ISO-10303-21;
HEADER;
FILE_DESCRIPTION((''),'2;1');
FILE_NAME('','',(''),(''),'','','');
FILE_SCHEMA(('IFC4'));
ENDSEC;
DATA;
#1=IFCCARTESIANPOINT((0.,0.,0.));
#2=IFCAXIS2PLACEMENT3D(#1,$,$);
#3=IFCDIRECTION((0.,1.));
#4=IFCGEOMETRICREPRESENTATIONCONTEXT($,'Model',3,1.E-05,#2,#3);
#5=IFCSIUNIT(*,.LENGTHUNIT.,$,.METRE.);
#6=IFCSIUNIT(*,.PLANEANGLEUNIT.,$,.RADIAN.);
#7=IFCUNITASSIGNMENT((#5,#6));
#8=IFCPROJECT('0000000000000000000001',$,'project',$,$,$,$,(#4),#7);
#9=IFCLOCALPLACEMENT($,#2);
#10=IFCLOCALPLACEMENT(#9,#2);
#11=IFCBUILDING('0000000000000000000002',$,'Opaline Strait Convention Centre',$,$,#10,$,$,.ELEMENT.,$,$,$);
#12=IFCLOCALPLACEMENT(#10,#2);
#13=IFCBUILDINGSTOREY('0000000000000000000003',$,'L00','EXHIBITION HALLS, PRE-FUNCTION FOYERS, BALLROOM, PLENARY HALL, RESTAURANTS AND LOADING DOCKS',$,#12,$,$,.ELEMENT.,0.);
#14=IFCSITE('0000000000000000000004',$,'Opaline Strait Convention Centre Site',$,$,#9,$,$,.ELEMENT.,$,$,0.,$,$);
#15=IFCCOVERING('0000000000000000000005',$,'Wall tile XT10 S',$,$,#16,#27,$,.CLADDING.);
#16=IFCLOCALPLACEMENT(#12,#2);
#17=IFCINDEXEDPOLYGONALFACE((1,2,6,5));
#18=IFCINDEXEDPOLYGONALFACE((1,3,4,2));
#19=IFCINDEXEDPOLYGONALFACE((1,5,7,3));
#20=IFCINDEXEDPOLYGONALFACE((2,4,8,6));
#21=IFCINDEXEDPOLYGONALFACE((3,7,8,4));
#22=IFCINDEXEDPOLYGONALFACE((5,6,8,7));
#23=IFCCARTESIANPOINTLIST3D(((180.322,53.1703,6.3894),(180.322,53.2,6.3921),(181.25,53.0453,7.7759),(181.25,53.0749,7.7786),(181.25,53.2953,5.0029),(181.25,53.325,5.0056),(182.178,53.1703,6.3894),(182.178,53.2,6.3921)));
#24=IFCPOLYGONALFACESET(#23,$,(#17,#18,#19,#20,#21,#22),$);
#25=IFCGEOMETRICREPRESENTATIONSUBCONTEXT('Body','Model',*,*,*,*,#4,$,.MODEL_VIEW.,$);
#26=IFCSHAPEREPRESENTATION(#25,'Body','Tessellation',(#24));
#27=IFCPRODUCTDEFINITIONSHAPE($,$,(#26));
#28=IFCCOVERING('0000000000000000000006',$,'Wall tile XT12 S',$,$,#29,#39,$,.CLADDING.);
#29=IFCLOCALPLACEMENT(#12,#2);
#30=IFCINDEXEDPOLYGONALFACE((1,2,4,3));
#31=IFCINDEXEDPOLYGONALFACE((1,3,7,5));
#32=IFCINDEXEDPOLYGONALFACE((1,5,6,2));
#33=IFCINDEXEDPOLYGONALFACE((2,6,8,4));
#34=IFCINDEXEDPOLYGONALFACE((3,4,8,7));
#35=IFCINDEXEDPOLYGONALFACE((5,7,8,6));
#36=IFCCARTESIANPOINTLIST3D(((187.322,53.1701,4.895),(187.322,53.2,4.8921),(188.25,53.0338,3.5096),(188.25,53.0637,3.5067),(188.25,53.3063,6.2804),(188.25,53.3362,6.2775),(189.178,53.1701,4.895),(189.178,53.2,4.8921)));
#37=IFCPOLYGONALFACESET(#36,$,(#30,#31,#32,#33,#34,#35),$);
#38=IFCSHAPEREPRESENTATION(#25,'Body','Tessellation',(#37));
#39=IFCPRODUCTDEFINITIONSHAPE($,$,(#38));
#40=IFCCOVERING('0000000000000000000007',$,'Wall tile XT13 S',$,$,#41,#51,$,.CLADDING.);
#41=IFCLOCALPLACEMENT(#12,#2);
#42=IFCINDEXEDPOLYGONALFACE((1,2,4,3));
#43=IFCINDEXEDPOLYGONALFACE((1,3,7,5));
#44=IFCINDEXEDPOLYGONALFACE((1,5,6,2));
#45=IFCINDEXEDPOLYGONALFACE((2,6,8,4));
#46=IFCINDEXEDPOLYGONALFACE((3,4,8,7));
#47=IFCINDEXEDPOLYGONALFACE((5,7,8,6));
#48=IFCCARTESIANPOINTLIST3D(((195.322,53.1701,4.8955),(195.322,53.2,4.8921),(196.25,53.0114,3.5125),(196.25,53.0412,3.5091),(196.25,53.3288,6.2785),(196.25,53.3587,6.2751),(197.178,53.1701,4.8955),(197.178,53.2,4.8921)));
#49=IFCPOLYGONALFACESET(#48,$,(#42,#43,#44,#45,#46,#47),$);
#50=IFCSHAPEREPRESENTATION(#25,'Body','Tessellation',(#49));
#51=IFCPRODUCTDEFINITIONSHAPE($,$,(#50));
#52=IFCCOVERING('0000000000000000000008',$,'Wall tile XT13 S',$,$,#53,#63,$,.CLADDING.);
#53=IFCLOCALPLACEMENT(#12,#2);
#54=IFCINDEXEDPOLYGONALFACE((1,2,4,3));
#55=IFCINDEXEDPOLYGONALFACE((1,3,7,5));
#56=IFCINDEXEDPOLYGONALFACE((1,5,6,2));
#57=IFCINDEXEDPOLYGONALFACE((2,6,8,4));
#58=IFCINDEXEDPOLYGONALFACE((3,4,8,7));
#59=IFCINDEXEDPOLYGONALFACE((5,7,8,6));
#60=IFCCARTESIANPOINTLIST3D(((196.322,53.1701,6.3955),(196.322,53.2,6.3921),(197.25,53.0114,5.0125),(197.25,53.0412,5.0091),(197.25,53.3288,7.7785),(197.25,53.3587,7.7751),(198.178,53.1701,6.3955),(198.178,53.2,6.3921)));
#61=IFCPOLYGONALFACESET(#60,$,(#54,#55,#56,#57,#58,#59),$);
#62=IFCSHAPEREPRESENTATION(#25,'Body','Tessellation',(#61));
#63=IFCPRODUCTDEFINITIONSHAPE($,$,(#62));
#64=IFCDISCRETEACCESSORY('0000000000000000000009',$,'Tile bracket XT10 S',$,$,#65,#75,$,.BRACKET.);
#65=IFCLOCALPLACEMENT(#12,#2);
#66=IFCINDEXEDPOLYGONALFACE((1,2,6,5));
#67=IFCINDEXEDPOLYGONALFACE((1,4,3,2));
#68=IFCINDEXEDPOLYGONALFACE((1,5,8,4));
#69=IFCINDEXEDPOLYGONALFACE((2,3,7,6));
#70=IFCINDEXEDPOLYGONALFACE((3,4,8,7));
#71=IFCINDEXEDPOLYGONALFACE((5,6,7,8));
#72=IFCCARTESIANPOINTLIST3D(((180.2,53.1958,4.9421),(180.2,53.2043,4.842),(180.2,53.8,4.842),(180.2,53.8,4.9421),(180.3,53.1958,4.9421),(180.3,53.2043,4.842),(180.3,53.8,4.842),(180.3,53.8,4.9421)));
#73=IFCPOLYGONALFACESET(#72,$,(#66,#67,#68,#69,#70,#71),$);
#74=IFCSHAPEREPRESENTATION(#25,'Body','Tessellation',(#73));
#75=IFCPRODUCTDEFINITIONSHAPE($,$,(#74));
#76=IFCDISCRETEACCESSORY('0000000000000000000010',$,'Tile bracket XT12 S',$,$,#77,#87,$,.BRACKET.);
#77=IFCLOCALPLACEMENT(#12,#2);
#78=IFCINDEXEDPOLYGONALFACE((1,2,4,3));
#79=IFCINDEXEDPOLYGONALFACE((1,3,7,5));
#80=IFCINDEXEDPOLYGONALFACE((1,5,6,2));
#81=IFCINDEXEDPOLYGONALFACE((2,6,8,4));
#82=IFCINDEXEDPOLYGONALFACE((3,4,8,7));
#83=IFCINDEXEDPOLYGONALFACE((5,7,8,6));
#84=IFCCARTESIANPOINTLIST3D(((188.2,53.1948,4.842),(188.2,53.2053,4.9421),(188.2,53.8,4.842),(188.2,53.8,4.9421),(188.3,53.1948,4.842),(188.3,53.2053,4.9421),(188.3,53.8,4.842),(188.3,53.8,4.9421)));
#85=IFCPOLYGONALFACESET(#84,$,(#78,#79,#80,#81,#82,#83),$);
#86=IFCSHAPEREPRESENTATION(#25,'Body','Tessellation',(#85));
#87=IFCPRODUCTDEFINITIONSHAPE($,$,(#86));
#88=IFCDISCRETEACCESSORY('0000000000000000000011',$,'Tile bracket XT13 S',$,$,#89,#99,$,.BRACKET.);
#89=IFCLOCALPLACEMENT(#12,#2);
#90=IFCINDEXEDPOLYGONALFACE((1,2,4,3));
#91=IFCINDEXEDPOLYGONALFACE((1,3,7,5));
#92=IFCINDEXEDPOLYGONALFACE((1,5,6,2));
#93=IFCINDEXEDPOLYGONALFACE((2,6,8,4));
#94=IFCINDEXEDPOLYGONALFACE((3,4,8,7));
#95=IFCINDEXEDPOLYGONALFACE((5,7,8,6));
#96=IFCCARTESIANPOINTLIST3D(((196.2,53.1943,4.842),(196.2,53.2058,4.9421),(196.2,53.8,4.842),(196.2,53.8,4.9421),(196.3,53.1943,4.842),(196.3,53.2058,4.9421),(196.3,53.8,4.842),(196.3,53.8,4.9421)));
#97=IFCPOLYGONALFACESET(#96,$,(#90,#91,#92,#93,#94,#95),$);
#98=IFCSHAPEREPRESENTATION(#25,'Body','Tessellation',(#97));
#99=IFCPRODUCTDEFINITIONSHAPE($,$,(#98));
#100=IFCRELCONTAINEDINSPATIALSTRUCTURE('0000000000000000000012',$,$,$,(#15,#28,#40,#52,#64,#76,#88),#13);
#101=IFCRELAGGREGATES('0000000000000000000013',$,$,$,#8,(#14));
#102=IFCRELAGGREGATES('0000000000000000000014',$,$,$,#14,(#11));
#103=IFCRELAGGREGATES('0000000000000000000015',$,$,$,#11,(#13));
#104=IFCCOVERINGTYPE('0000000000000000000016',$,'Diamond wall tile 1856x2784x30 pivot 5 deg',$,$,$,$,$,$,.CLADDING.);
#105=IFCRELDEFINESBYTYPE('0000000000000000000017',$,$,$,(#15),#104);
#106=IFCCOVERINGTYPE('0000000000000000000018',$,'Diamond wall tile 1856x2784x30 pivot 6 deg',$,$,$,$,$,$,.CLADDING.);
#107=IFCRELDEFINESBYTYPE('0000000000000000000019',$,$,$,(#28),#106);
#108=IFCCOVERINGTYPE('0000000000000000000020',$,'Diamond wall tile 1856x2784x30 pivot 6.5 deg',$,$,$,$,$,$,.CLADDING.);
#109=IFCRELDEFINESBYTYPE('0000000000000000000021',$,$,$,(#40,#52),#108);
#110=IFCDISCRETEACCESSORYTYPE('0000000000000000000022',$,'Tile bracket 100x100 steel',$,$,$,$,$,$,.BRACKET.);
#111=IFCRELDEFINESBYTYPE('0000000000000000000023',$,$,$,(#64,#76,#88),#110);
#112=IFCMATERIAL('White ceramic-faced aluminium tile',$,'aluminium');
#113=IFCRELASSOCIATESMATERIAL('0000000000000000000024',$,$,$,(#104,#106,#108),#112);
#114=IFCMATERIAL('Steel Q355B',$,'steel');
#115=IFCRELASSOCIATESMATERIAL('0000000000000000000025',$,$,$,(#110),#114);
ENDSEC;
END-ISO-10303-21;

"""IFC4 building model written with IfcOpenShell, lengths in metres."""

from ifc_helpers import new_model, si_unit, direction, frame, origin, place, context, subcontext, project, spatial, polyline, outline, extrude, material, material_profile, profile_set, type_object, element, save


model = new_model("IFC4")

# Units and contexts
model_context = context("Model", 3, precision=1e-05, world=origin(), true_north=direction((0.0, 1.0)))
body_context = subcontext(model_context, "Body", "Model", "MODEL_VIEW")
ifc_project = project(units=[si_unit("LENGTHUNIT", "METRE"), si_unit("PLANEANGLEUNIT", "RADIAN")], contexts=[model_context])

# Site, building, storey
site_placement = place(None, origin())
site = spatial("IfcSite", under=ifc_project, at=site_placement, Name="Opaline Strait Convention Centre Site", CompositionType="ELEMENT", RefElevation=0.0)
building_placement = place(site_placement, origin())
building = spatial("IfcBuilding", under=site, at=building_placement, Name="Opaline Strait Convention Centre", CompositionType="ELEMENT")
storey_placement = place(building_placement, origin())
storey = spatial("IfcBuildingStorey", under=building, at=storey_placement, Name="L00", Description="EXHIBITION HALLS, PRE-FUNCTION FOYERS, BALLROOM, PLENARY HALL, RESTAURANTS AND LOADING DOCKS", CompositionType="ELEMENT", Elevation=0.0)

# Shared definitions
ifc_material_1 = material(Name="Steel Q355B", Category="steel")

# Coverings
ifc_material_2 = material(Name="White ceramic-faced aluminium tile", Category="aluminium")
ifc_material_profile_1 = material_profile(ifc_material_2, outline(polyline([(0.928, 0.0), (0.0, 1.3921), (-0.928, 0.0), (0.0, -1.3921), (0.928, 0.0)])), Name="Diamond tile 1856x2784")
ifc_profile_set_1 = profile_set([ifc_material_profile_1], Name="White ceramic-faced aluminium tile")
covering_type_1 = type_object("IfcCoveringType", Name="Diamond wall tile 1856x2784x30 pivot 5 deg", PredefinedType="CLADDING", material=ifc_profile_set_1)
for number, where, z_axis, x_axis, name in (
    (1, (181.25, 53.2, 6.3921), (0.0, -0.99596, -0.0898), (1.0, 0.0, 0.0), "Wall tile XT10 S"),
):
    element("IfcCovering", number, at=place(storey_placement, frame(where, z_axis=z_axis, x_axis=x_axis)), inside=storey, type_object=covering_type_1, Name=name, PredefinedType="CLADDING", context=body_context, shape_type="SweptSolid", body=[
        extrude(outline(polyline([(0.928, 0.0), (0.0, 1.3921), (-0.928, 0.0), (0.0, -1.3921), (0.928, 0.0)])), origin(), (0.0, 0.0, 1.0), 0.0298),
    ])
ifc_material_profile_2 = material_profile(ifc_material_2, outline(polyline([(0.928, 0.0), (0.0, 1.3921), (-0.928, 0.0), (0.0, -1.3921), (0.928, 0.0)])), Name="Diamond tile 1856x2784")
ifc_profile_set_2 = profile_set([ifc_material_profile_2], Name="White ceramic-faced aluminium tile")
covering_type_2 = type_object("IfcCoveringType", Name="Diamond wall tile 1856x2784x30 pivot 6 deg", PredefinedType="CLADDING", material=ifc_profile_set_2)
covering_placement = place(storey_placement, frame((188.25, 53.2, 4.8921), z_axis=(0.0, -0.995197, 0.097888), x_axis=(1.0, 0.0, 0.0)))
element("IfcCovering", 2, at=covering_placement, inside=storey, type_object=covering_type_2, Name="Wall tile XT12 S", PredefinedType="CLADDING", context=body_context, shape_type="SweptSolid", body=[
    extrude(outline(polyline([(0.928, 0.0), (0.0, 1.3921), (-0.928, 0.0), (0.0, -1.3921), (0.928, 0.0)])), origin(), (0.0, 0.0, 1.0), 0.03),
])
ifc_material_profile_3 = material_profile(ifc_material_2, outline(polyline([(0.928, 0.0), (0.0, 1.3921), (-0.928, 0.0), (0.0, -1.3921), (0.928, 0.0)])), Name="Diamond tile 1856x2784")
ifc_profile_set_3 = profile_set([ifc_material_profile_3], Name="White ceramic-faced aluminium tile")
covering_type_3 = type_object("IfcCoveringType", Name="Diamond wall tile 1856x2784x30 pivot 6.5 deg", PredefinedType="CLADDING", material=ifc_profile_set_3)
for number, where, z_axis, x_axis, name in (
    (3, (196.25, 53.2, 4.8921), (0.0, -0.99348, 0.114006), (1.0, 0.0, 0.0), "Wall tile XT13 S"),
    (4, (197.25, 53.2, 6.3921), (0.0, -0.99348, 0.114006), (1.0, 0.0, 0.0), "Wall tile XT13 S"),
):
    element("IfcCovering", number, at=place(storey_placement, frame(where, z_axis=z_axis, x_axis=x_axis)), inside=storey, type_object=covering_type_3, Name=name, PredefinedType="CLADDING", context=body_context, shape_type="SweptSolid", body=[
        extrude(outline(polyline([(0.928, 0.0), (0.0, 1.3921), (-0.928, 0.0), (0.0, -1.3921), (0.928, 0.0)])), origin(), (0.0, 0.0, 1.0), 0.03),
    ])

# Discrete accessories
discrete_accessory_type = type_object("IfcDiscreteAccessoryType", Name="Tile bracket 100x100 steel", PredefinedType="BRACKET", material=ifc_material_1)
discrete_accessory_1_placement = place(storey_placement, frame((180.2, 53.8, 4.8921), z_axis=(1.0, 0.0, 0.0), x_axis=(0.0, 1.0, 0.0)))
element("IfcDiscreteAccessory", 5, at=discrete_accessory_1_placement, inside=storey, type_object=discrete_accessory_type, Name="Tile bracket XT10 S", PredefinedType="BRACKET", context=body_context, shape_type="SweptSolid", body=[
    extrude(outline(polyline([(0.0, -0.05), (0.0, 0.05), (-0.6042, 0.05), (-0.5957, -0.05), (0.0, -0.05)])), origin(), (0.0, 0.0, 1.0), 0.1001),
])
discrete_accessory_2_placement = place(storey_placement, frame((188.2, 53.8, 4.8921), z_axis=(1.0, 0.0, 0.0), x_axis=(0.0, 1.0, 0.0)))
element("IfcDiscreteAccessory", 6, at=discrete_accessory_2_placement, inside=storey, type_object=discrete_accessory_type, Name="Tile bracket XT12 S", PredefinedType="BRACKET", context=body_context, shape_type="SweptSolid", body=[
    extrude(outline(polyline([(0.0, -0.05), (0.0, 0.05), (-0.5947, 0.05), (-0.6052, -0.05), (0.0, -0.05)])), origin(), (0.0, 0.0, 1.0), 0.1001),
])
discrete_accessory_3_placement = place(storey_placement, frame((196.2, 53.8, 4.8921), z_axis=(1.0, 0.0, 0.0), x_axis=(0.0, 1.0, 0.0)))
element("IfcDiscreteAccessory", 7, at=discrete_accessory_3_placement, inside=storey, type_object=discrete_accessory_type, Name="Tile bracket XT13 S", PredefinedType="BRACKET", context=body_context, shape_type="SweptSolid", body=[
    extrude(outline(polyline([(0.0, -0.05), (0.0, 0.05), (-0.5942, 0.05), (-0.6057, -0.05), (0.0, -0.05)])), origin(), (0.0, 0.0, 1.0), 0.1001),
])

save(model, "model.ifc")
